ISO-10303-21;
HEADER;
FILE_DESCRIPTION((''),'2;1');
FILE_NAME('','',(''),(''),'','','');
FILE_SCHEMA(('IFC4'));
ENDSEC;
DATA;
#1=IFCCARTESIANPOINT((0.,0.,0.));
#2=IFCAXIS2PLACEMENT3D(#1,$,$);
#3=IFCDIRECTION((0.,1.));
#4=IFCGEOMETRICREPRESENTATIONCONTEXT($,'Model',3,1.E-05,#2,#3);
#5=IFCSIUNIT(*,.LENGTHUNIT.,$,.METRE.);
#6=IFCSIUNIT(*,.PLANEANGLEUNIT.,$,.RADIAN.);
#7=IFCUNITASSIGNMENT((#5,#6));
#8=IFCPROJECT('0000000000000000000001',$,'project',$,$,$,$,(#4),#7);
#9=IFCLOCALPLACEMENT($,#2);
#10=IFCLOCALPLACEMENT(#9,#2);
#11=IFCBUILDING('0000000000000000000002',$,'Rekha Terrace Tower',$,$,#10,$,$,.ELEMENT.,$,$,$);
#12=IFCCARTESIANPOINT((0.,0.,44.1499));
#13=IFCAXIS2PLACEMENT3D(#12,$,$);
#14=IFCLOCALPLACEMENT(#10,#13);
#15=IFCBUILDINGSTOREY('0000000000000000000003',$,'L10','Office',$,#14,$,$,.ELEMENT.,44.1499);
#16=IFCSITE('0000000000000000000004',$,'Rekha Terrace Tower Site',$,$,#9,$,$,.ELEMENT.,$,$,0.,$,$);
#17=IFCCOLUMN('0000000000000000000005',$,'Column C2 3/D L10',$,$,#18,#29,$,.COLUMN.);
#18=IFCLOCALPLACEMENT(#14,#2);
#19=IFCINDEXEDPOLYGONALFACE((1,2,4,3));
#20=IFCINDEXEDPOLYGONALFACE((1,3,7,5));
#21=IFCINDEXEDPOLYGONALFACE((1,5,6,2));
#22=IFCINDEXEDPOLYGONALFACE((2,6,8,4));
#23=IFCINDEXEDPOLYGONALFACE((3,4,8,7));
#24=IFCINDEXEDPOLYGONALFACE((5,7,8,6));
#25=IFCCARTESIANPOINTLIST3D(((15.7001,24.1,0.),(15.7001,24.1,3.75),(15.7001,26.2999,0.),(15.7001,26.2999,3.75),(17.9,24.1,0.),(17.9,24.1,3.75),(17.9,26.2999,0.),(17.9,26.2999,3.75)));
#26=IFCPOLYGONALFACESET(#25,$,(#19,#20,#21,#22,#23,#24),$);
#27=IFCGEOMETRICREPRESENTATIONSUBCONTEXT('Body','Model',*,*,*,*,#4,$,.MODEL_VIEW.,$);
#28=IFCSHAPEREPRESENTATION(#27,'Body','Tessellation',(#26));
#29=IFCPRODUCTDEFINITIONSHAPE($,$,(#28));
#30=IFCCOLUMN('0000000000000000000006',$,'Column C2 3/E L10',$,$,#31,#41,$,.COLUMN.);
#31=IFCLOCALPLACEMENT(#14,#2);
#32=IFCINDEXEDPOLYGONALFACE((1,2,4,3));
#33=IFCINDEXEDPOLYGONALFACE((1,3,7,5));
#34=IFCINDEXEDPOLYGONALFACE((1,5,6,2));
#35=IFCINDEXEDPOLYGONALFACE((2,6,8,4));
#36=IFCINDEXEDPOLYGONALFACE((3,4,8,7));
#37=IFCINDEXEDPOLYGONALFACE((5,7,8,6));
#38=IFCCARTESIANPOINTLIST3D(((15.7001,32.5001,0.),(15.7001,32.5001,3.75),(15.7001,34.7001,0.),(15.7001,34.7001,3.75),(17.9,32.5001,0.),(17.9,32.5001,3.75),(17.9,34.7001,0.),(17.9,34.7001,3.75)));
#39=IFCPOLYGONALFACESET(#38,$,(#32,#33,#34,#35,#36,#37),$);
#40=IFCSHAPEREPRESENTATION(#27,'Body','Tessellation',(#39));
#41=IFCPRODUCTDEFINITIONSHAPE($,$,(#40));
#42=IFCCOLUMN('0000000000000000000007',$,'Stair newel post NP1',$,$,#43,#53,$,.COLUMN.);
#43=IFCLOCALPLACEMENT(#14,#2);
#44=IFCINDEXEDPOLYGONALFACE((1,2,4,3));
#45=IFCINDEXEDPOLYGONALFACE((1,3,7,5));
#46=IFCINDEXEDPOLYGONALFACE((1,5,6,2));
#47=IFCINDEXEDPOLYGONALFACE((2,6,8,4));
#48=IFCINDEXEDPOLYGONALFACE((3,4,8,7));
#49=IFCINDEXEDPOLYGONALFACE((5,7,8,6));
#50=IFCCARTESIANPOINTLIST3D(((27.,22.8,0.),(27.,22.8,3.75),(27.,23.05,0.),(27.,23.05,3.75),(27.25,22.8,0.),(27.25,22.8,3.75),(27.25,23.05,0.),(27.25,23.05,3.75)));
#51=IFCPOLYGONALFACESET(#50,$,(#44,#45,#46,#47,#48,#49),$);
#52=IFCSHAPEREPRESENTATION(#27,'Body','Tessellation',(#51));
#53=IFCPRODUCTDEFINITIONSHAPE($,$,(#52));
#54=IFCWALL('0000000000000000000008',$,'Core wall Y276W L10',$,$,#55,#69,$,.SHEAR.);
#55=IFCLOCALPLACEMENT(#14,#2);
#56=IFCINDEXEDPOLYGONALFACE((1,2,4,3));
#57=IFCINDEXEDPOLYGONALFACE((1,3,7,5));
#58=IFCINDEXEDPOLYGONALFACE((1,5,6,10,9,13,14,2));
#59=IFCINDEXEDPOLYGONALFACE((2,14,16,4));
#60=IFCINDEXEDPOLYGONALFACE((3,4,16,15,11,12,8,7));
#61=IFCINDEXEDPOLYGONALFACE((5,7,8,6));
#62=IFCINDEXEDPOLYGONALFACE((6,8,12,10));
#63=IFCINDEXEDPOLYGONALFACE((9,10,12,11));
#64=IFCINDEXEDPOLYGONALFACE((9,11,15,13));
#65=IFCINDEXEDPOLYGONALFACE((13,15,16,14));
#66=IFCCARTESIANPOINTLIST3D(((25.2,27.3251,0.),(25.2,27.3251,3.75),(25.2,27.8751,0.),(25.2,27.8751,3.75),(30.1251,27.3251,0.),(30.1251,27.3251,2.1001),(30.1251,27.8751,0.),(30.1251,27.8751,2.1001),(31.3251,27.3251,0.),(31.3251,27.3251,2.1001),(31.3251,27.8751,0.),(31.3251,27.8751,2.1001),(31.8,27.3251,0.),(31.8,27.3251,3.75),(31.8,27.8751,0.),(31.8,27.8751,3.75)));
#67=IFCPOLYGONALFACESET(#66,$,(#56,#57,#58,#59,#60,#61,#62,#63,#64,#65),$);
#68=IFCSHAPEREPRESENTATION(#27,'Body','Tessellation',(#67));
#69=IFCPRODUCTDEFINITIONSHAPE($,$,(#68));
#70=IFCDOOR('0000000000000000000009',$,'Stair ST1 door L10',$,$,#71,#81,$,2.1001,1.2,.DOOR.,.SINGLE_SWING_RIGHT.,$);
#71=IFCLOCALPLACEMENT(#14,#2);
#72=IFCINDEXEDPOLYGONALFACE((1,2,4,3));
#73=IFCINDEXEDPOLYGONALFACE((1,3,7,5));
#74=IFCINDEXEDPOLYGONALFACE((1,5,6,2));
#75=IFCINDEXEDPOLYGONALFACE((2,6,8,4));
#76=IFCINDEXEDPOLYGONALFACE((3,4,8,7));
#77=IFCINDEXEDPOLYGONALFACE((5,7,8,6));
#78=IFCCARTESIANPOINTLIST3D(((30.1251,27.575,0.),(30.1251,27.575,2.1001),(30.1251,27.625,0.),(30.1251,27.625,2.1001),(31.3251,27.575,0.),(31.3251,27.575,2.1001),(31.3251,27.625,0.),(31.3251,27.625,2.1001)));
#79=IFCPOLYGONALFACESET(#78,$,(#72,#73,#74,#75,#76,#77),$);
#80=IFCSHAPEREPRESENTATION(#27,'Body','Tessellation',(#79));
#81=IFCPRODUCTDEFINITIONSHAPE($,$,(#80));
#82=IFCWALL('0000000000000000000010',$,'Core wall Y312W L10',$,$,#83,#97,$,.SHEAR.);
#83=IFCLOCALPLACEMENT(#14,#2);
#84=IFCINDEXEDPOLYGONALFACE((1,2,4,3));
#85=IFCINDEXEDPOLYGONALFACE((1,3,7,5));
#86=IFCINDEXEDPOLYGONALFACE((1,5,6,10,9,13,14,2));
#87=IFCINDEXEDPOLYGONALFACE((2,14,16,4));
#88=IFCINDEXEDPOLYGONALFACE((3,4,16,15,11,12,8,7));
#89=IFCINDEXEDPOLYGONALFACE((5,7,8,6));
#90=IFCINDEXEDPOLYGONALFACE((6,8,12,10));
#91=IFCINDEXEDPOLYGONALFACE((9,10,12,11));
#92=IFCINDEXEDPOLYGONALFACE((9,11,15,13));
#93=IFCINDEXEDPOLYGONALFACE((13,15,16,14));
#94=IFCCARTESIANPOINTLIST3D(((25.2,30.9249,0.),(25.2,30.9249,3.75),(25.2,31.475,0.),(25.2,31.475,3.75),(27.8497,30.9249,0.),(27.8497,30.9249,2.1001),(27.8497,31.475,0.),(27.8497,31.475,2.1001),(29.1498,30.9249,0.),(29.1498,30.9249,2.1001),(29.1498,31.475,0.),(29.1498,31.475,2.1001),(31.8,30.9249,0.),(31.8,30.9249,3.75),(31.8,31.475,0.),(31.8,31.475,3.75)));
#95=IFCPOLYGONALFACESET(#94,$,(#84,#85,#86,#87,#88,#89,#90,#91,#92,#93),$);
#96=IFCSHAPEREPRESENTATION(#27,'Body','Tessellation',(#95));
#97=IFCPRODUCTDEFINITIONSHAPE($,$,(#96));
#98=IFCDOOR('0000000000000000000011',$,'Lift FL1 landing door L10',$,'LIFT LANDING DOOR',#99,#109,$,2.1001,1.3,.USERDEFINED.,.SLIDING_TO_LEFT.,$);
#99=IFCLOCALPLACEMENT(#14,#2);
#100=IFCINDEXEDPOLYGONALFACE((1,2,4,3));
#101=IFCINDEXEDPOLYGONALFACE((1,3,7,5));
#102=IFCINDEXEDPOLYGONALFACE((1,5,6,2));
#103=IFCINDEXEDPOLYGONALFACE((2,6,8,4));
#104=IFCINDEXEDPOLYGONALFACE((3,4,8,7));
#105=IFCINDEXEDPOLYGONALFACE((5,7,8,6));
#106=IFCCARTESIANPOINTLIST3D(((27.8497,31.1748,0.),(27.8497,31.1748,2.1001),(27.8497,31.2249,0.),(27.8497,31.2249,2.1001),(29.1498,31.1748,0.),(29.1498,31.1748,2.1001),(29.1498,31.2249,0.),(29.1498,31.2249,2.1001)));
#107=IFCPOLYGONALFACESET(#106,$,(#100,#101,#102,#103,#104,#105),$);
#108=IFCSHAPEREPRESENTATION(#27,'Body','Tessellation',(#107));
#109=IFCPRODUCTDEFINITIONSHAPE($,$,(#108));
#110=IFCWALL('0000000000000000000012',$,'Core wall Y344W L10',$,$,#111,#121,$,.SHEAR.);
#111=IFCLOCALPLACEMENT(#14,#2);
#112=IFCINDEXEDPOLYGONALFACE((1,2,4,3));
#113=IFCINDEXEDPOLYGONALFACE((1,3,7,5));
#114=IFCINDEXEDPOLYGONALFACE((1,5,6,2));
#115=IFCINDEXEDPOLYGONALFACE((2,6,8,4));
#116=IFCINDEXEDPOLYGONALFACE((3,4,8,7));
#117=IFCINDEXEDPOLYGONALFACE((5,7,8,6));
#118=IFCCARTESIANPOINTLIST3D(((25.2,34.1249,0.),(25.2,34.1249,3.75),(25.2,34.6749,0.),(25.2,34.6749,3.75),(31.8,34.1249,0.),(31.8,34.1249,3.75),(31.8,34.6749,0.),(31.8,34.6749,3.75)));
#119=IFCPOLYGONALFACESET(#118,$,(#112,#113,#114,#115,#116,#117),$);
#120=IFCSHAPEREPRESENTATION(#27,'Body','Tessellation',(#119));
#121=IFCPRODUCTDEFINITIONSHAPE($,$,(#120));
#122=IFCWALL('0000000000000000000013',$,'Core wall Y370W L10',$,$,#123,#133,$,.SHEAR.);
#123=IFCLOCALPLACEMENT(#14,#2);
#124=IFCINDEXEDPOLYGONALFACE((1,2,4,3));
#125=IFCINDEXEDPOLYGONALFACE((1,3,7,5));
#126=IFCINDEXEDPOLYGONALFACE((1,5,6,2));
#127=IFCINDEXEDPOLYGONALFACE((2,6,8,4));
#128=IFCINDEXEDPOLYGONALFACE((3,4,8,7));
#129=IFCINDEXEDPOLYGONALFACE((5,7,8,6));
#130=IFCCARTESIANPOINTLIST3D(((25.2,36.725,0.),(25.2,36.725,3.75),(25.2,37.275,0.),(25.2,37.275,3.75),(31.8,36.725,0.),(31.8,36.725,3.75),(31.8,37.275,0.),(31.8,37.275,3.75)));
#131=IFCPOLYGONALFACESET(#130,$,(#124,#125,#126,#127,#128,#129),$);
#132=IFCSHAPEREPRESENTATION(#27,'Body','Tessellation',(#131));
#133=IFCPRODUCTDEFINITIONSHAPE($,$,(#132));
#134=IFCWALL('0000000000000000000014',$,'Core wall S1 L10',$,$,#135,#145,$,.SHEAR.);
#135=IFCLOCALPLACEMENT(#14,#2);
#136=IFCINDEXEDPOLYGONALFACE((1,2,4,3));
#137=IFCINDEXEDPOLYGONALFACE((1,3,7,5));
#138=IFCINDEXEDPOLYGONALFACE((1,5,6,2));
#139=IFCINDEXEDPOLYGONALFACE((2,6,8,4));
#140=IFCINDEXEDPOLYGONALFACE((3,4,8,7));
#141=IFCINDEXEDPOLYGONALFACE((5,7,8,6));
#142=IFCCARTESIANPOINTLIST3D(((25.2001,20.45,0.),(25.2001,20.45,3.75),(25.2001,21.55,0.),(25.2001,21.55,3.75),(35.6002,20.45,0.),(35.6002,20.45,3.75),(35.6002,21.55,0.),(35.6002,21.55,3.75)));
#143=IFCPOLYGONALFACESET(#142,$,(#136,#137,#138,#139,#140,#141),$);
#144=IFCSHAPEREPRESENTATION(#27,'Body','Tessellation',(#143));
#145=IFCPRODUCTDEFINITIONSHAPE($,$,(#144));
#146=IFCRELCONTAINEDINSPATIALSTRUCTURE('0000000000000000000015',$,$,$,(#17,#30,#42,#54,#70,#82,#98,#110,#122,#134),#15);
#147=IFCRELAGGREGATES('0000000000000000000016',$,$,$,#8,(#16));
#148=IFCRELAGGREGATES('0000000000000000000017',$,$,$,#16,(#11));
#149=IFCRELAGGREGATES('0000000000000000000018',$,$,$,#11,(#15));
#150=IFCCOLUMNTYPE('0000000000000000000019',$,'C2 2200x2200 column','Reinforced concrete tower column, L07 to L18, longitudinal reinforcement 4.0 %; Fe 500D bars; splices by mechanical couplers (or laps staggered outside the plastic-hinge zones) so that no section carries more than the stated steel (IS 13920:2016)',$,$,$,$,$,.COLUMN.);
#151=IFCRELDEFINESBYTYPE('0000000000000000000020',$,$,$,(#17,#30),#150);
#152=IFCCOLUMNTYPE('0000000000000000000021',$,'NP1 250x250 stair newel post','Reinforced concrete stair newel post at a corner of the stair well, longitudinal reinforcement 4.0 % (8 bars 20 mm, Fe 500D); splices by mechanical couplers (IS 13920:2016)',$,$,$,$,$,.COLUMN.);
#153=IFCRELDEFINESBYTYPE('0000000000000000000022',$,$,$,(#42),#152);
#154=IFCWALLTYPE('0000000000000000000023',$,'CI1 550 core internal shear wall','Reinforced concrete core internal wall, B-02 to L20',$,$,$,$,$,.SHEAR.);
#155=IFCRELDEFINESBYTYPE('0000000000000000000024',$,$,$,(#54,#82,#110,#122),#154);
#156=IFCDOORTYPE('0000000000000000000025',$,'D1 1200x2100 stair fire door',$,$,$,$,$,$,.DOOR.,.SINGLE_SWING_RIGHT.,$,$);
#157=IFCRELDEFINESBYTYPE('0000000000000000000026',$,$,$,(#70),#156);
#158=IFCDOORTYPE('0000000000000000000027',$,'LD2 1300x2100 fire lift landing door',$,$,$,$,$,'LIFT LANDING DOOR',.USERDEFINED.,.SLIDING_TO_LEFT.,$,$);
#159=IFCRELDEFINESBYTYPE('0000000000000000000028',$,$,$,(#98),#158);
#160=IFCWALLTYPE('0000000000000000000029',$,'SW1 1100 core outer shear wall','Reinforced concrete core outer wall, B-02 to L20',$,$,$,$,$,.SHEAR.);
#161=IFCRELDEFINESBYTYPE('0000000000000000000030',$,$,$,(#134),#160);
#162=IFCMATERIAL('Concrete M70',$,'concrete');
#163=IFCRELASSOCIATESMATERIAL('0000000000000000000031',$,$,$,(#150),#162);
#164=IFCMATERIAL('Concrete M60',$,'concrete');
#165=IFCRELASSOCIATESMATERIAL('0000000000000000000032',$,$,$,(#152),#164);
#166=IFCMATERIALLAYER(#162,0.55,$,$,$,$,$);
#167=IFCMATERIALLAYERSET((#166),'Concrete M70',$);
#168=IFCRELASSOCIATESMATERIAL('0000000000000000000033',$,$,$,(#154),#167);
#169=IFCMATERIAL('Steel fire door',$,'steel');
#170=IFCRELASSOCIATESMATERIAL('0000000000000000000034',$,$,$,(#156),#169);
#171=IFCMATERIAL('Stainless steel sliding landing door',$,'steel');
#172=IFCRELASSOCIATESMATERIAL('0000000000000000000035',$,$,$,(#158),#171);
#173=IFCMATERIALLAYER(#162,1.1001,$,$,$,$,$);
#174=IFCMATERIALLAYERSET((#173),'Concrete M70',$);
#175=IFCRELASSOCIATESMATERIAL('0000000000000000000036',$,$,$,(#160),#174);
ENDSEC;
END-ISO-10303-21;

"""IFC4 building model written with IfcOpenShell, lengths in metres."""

from ifc_helpers import new_model, si_unit, direction, frame, frame_2d, origin, origin_2d, place, context, subcontext, project, spatial, rectangle, extrude, material, layer, layer_set, material_profile, profile_set, type_object, element, fill, save


model = new_model("IFC4")

# Units and contexts
model_context = context("Model", 3, precision=1e-05, world=origin(), true_north=direction((0.0, 1.0)))
body_context = subcontext(model_context, "Body", "Model", "MODEL_VIEW")
ifc_project = project(units=[si_unit("LENGTHUNIT", "METRE"), si_unit("PLANEANGLEUNIT", "RADIAN")], contexts=[model_context])

# Site, building, storey
site_placement = place(None, origin())
site = spatial("IfcSite", under=ifc_project, at=site_placement, Name="Rekha Terrace Tower Site", CompositionType="ELEMENT", RefElevation=0.0)
building_placement = place(site_placement, origin())
building = spatial("IfcBuilding", under=site, at=building_placement, Name="Rekha Terrace Tower", CompositionType="ELEMENT")
storey_placement = place(building_placement, frame((0.0, 0.0, 44.1499)))
storey = spatial("IfcBuildingStorey", under=building, at=storey_placement, Name="L10", Description="Office", CompositionType="ELEMENT", Elevation=44.1499)

# Columns
ifc_material_1 = material(Name="Concrete M70", Category="concrete")
ifc_material_profile_1 = material_profile(ifc_material_1, rectangle(XDim=2.2, YDim=2.2, at=origin_2d()), Name="RC 2200x2200")
ifc_profile_set_1 = profile_set([ifc_material_profile_1], Name="Concrete M70")
column_type_1 = type_object("IfcColumnType", Name="C2 2200x2200 column", Description="Reinforced concrete tower column, L07 to L18, longitudinal reinforcement 4.0 %; Fe 500D bars; splices by mechanical couplers (or laps staggered outside the plastic-hinge zones) so that no section carries more than the stated steel (IS 13920:2016)", PredefinedType="COLUMN", material=ifc_profile_set_1)
for number, where, z_axis, x_axis, name in (
    (1, (16.8, 25.2, 0.0), (0.0, 0.0, 1.0), (1.0, 0.0, 0.0), "Column C2 3/D L10"),
    (2, (16.8, 33.6001, 0.0), (0.0, 0.0, 1.0), (1.0, 0.0, 0.0), "Column C2 3/E L10"),
):
    element("IfcColumn", number, at=place(storey_placement, frame(where, z_axis=z_axis, x_axis=x_axis)), inside=storey, type_object=column_type_1, Name=name, PredefinedType="COLUMN", context=body_context, shape_type="SweptSolid", body=[
        extrude(rectangle(XDim=2.2, YDim=2.2, at=origin_2d()), origin(), (0.0, 0.0, 1.0), 3.75),
    ])
ifc_material_2 = material(Name="Concrete M60", Category="concrete")
ifc_material_profile_2 = material_profile(ifc_material_2, rectangle(XDim=0.25, YDim=0.25, at=origin_2d()), Name="RC 250x250")
ifc_profile_set_2 = profile_set([ifc_material_profile_2], Name="Concrete M60")
column_type_2 = type_object("IfcColumnType", Name="NP1 250x250 stair newel post", Description="Reinforced concrete stair newel post at a corner of the stair well, longitudinal reinforcement 4.0 % (8 bars 20 mm, Fe 500D); splices by mechanical couplers (IS 13920:2016)", PredefinedType="COLUMN", material=ifc_profile_set_2)
column_placement = place(storey_placement, frame((27.125, 22.925, 0.0), z_axis=(0.0, 0.0, 1.0), x_axis=(1.0, 0.0, 0.0)))
element("IfcColumn", 3, at=column_placement, inside=storey, type_object=column_type_2, Name="Stair newel post NP1", PredefinedType="COLUMN", context=body_context, shape_type="SweptSolid", body=[
    extrude(rectangle(XDim=0.25, YDim=0.25, at=origin_2d()), origin(), (0.0, 0.0, 1.0), 3.75),
])

# Walls, openings, doors
ifc_layer_1 = layer(ifc_material_1, 0.55)
ifc_layer_set_1 = layer_set([ifc_layer_1], Name="Concrete M70")
wall_type_1 = type_object("IfcWallType", Name="CI1 550 core internal shear wall", Description="Reinforced concrete core internal wall, B-02 to L20", PredefinedType="SHEAR", material=ifc_layer_set_1)
wall_1_placement = place(storey_placement, frame((25.2, 27.6001, 0.0), z_axis=(0.0, 0.0, 1.0), x_axis=(1.0, 0.0, 0.0)))
wall_1 = element("IfcWall", 4, at=wall_1_placement, inside=storey, type_object=wall_type_1, Name="Core wall Y276W L10", PredefinedType="SHEAR", context=body_context, shape_type="SweptSolid", body=[
    extrude(rectangle(XDim=6.6001, YDim=0.55, at=frame_2d((3.3, 0.0))), origin(), (0.0, 0.0, 1.0), 3.75),
])
opening_1_placement = place(wall_1_placement, frame((4.925, 0.0, 0.0)))
opening_1 = element("IfcOpeningElement", 5, at=opening_1_placement, cuts=wall_1, PredefinedType="OPENING", context=body_context, shape_type="SweptSolid", body=[
    extrude(rectangle(XDim=1.2, YDim=2.1001, at=frame_2d((0.6001, 1.05))), frame((0.0, 0.2849, 0.0), z_axis=(0.0, -1.0, 0.0), x_axis=(1.0, 0.0, 0.0)), (0.0, 0.0, 1.0), 0.5701),
])
ifc_material_3 = material(Name="Steel fire door", Category="steel")
door_type_1 = type_object("IfcDoorType", Name="D1 1200x2100 stair fire door", OperationType="SINGLE_SWING_RIGHT", PredefinedType="DOOR", material=ifc_material_3)
door_1_placement = place(opening_1_placement, origin())
door_1 = element("IfcDoor", 6, at=door_1_placement, inside=storey, type_object=door_type_1, Name="Stair ST1 door L10", OperationType="SINGLE_SWING_RIGHT", OverallHeight=2.1001, OverallWidth=1.2, PredefinedType="DOOR", context=body_context, shape_type="SweptSolid", body=[
    extrude(rectangle(XDim=1.2, YDim=2.1001, at=frame_2d((0.6001, 1.05))), frame((0.0, 0.0249, 0.0), z_axis=(0.0, -1.0, 0.0), x_axis=(1.0, 0.0, 0.0)), (0.0, 0.0, 1.0), 0.05),
])
fill(opening_1, door_1)
wall_2_placement = place(storey_placement, frame((25.2, 31.2, 0.0), z_axis=(0.0, 0.0, 1.0), x_axis=(1.0, 0.0, 0.0)))
wall_2 = element("IfcWall", 7, at=wall_2_placement, inside=storey, type_object=wall_type_1, Name="Core wall Y312W L10", PredefinedType="SHEAR", context=body_context, shape_type="SweptSolid", body=[
    extrude(rectangle(XDim=6.6001, YDim=0.55, at=frame_2d((3.3, 0.0))), origin(), (0.0, 0.0, 1.0), 3.75),
])
opening_2_placement = place(wall_2_placement, frame((2.6499, 0.0, 0.0)))
opening_2 = element("IfcOpeningElement", 8, at=opening_2_placement, cuts=wall_2, PredefinedType="OPENING", context=body_context, shape_type="SweptSolid", body=[
    extrude(rectangle(XDim=1.3, YDim=2.1001, at=frame_2d((0.6499, 1.05))), frame((0.0, 0.2849, 0.0), z_axis=(0.0, -1.0, 0.0), x_axis=(1.0, 0.0, 0.0)), (0.0, 0.0, 1.0), 0.5701),
])
ifc_material_4 = material(Name="Stainless steel sliding landing door", Category="steel")
door_type_2 = type_object("IfcDoorType", Name="LD2 1300x2100 fire lift landing door", ElementType="LIFT LANDING DOOR", OperationType="SLIDING_TO_LEFT", PredefinedType="USERDEFINED", material=ifc_material_4)
door_2_placement = place(opening_2_placement, origin())
door_2 = element("IfcDoor", 9, at=door_2_placement, inside=storey, type_object=door_type_2, Name="Lift FL1 landing door L10", ObjectType="LIFT LANDING DOOR", OperationType="SLIDING_TO_LEFT", OverallHeight=2.1001, OverallWidth=1.3, PredefinedType="USERDEFINED", context=body_context, shape_type="SweptSolid", body=[
    extrude(rectangle(XDim=1.3, YDim=2.1001, at=frame_2d((0.6499, 1.05))), frame((0.0, 0.0249, 0.0), z_axis=(0.0, -1.0, 0.0), x_axis=(1.0, 0.0, 0.0)), (0.0, 0.0, 1.0), 0.05),
])
fill(opening_2, door_2)

# Walls
for number, where, z_axis, x_axis, name in (
    (10, (25.2, 34.3999, 0.0), (0.0, 0.0, 1.0), (1.0, 0.0, 0.0), "Core wall Y344W L10"),
    (11, (25.2, 37.0, 0.0), (0.0, 0.0, 1.0), (1.0, 0.0, 0.0), "Core wall Y370W L10"),
):
    element("IfcWall", number, at=place(storey_placement, frame(where, z_axis=z_axis, x_axis=x_axis)), inside=storey, type_object=wall_type_1, Name=name, PredefinedType="SHEAR", context=body_context, shape_type="SweptSolid", body=[
        extrude(rectangle(XDim=6.6001, YDim=0.55, at=frame_2d((3.3, 0.0))), origin(), (0.0, 0.0, 1.0), 3.75),
    ])
ifc_layer_2 = layer(ifc_material_1, 1.1001)
ifc_layer_set_2 = layer_set([ifc_layer_2], Name="Concrete M70")
wall_type_2 = type_object("IfcWallType", Name="SW1 1100 core outer shear wall", Description="Reinforced concrete core outer wall, B-02 to L20", PredefinedType="SHEAR", material=ifc_layer_set_2)
wall_3_placement = place(storey_placement, frame((25.2, 21.0, 0.0), z_axis=(0.0, 0.0, 1.0), x_axis=(1.0, 0.0, 0.0)))
element("IfcWall", 12, at=wall_3_placement, inside=storey, type_object=wall_type_2, Name="Core wall S1 L10", PredefinedType="SHEAR", context=body_context, shape_type="SweptSolid", body=[
    extrude(rectangle(XDim=10.4001, YDim=1.1001, at=frame_2d((5.2002, 0.0))), origin(), (0.0, 0.0, 1.0), 3.75),
])

save(model, "model.ifc")
